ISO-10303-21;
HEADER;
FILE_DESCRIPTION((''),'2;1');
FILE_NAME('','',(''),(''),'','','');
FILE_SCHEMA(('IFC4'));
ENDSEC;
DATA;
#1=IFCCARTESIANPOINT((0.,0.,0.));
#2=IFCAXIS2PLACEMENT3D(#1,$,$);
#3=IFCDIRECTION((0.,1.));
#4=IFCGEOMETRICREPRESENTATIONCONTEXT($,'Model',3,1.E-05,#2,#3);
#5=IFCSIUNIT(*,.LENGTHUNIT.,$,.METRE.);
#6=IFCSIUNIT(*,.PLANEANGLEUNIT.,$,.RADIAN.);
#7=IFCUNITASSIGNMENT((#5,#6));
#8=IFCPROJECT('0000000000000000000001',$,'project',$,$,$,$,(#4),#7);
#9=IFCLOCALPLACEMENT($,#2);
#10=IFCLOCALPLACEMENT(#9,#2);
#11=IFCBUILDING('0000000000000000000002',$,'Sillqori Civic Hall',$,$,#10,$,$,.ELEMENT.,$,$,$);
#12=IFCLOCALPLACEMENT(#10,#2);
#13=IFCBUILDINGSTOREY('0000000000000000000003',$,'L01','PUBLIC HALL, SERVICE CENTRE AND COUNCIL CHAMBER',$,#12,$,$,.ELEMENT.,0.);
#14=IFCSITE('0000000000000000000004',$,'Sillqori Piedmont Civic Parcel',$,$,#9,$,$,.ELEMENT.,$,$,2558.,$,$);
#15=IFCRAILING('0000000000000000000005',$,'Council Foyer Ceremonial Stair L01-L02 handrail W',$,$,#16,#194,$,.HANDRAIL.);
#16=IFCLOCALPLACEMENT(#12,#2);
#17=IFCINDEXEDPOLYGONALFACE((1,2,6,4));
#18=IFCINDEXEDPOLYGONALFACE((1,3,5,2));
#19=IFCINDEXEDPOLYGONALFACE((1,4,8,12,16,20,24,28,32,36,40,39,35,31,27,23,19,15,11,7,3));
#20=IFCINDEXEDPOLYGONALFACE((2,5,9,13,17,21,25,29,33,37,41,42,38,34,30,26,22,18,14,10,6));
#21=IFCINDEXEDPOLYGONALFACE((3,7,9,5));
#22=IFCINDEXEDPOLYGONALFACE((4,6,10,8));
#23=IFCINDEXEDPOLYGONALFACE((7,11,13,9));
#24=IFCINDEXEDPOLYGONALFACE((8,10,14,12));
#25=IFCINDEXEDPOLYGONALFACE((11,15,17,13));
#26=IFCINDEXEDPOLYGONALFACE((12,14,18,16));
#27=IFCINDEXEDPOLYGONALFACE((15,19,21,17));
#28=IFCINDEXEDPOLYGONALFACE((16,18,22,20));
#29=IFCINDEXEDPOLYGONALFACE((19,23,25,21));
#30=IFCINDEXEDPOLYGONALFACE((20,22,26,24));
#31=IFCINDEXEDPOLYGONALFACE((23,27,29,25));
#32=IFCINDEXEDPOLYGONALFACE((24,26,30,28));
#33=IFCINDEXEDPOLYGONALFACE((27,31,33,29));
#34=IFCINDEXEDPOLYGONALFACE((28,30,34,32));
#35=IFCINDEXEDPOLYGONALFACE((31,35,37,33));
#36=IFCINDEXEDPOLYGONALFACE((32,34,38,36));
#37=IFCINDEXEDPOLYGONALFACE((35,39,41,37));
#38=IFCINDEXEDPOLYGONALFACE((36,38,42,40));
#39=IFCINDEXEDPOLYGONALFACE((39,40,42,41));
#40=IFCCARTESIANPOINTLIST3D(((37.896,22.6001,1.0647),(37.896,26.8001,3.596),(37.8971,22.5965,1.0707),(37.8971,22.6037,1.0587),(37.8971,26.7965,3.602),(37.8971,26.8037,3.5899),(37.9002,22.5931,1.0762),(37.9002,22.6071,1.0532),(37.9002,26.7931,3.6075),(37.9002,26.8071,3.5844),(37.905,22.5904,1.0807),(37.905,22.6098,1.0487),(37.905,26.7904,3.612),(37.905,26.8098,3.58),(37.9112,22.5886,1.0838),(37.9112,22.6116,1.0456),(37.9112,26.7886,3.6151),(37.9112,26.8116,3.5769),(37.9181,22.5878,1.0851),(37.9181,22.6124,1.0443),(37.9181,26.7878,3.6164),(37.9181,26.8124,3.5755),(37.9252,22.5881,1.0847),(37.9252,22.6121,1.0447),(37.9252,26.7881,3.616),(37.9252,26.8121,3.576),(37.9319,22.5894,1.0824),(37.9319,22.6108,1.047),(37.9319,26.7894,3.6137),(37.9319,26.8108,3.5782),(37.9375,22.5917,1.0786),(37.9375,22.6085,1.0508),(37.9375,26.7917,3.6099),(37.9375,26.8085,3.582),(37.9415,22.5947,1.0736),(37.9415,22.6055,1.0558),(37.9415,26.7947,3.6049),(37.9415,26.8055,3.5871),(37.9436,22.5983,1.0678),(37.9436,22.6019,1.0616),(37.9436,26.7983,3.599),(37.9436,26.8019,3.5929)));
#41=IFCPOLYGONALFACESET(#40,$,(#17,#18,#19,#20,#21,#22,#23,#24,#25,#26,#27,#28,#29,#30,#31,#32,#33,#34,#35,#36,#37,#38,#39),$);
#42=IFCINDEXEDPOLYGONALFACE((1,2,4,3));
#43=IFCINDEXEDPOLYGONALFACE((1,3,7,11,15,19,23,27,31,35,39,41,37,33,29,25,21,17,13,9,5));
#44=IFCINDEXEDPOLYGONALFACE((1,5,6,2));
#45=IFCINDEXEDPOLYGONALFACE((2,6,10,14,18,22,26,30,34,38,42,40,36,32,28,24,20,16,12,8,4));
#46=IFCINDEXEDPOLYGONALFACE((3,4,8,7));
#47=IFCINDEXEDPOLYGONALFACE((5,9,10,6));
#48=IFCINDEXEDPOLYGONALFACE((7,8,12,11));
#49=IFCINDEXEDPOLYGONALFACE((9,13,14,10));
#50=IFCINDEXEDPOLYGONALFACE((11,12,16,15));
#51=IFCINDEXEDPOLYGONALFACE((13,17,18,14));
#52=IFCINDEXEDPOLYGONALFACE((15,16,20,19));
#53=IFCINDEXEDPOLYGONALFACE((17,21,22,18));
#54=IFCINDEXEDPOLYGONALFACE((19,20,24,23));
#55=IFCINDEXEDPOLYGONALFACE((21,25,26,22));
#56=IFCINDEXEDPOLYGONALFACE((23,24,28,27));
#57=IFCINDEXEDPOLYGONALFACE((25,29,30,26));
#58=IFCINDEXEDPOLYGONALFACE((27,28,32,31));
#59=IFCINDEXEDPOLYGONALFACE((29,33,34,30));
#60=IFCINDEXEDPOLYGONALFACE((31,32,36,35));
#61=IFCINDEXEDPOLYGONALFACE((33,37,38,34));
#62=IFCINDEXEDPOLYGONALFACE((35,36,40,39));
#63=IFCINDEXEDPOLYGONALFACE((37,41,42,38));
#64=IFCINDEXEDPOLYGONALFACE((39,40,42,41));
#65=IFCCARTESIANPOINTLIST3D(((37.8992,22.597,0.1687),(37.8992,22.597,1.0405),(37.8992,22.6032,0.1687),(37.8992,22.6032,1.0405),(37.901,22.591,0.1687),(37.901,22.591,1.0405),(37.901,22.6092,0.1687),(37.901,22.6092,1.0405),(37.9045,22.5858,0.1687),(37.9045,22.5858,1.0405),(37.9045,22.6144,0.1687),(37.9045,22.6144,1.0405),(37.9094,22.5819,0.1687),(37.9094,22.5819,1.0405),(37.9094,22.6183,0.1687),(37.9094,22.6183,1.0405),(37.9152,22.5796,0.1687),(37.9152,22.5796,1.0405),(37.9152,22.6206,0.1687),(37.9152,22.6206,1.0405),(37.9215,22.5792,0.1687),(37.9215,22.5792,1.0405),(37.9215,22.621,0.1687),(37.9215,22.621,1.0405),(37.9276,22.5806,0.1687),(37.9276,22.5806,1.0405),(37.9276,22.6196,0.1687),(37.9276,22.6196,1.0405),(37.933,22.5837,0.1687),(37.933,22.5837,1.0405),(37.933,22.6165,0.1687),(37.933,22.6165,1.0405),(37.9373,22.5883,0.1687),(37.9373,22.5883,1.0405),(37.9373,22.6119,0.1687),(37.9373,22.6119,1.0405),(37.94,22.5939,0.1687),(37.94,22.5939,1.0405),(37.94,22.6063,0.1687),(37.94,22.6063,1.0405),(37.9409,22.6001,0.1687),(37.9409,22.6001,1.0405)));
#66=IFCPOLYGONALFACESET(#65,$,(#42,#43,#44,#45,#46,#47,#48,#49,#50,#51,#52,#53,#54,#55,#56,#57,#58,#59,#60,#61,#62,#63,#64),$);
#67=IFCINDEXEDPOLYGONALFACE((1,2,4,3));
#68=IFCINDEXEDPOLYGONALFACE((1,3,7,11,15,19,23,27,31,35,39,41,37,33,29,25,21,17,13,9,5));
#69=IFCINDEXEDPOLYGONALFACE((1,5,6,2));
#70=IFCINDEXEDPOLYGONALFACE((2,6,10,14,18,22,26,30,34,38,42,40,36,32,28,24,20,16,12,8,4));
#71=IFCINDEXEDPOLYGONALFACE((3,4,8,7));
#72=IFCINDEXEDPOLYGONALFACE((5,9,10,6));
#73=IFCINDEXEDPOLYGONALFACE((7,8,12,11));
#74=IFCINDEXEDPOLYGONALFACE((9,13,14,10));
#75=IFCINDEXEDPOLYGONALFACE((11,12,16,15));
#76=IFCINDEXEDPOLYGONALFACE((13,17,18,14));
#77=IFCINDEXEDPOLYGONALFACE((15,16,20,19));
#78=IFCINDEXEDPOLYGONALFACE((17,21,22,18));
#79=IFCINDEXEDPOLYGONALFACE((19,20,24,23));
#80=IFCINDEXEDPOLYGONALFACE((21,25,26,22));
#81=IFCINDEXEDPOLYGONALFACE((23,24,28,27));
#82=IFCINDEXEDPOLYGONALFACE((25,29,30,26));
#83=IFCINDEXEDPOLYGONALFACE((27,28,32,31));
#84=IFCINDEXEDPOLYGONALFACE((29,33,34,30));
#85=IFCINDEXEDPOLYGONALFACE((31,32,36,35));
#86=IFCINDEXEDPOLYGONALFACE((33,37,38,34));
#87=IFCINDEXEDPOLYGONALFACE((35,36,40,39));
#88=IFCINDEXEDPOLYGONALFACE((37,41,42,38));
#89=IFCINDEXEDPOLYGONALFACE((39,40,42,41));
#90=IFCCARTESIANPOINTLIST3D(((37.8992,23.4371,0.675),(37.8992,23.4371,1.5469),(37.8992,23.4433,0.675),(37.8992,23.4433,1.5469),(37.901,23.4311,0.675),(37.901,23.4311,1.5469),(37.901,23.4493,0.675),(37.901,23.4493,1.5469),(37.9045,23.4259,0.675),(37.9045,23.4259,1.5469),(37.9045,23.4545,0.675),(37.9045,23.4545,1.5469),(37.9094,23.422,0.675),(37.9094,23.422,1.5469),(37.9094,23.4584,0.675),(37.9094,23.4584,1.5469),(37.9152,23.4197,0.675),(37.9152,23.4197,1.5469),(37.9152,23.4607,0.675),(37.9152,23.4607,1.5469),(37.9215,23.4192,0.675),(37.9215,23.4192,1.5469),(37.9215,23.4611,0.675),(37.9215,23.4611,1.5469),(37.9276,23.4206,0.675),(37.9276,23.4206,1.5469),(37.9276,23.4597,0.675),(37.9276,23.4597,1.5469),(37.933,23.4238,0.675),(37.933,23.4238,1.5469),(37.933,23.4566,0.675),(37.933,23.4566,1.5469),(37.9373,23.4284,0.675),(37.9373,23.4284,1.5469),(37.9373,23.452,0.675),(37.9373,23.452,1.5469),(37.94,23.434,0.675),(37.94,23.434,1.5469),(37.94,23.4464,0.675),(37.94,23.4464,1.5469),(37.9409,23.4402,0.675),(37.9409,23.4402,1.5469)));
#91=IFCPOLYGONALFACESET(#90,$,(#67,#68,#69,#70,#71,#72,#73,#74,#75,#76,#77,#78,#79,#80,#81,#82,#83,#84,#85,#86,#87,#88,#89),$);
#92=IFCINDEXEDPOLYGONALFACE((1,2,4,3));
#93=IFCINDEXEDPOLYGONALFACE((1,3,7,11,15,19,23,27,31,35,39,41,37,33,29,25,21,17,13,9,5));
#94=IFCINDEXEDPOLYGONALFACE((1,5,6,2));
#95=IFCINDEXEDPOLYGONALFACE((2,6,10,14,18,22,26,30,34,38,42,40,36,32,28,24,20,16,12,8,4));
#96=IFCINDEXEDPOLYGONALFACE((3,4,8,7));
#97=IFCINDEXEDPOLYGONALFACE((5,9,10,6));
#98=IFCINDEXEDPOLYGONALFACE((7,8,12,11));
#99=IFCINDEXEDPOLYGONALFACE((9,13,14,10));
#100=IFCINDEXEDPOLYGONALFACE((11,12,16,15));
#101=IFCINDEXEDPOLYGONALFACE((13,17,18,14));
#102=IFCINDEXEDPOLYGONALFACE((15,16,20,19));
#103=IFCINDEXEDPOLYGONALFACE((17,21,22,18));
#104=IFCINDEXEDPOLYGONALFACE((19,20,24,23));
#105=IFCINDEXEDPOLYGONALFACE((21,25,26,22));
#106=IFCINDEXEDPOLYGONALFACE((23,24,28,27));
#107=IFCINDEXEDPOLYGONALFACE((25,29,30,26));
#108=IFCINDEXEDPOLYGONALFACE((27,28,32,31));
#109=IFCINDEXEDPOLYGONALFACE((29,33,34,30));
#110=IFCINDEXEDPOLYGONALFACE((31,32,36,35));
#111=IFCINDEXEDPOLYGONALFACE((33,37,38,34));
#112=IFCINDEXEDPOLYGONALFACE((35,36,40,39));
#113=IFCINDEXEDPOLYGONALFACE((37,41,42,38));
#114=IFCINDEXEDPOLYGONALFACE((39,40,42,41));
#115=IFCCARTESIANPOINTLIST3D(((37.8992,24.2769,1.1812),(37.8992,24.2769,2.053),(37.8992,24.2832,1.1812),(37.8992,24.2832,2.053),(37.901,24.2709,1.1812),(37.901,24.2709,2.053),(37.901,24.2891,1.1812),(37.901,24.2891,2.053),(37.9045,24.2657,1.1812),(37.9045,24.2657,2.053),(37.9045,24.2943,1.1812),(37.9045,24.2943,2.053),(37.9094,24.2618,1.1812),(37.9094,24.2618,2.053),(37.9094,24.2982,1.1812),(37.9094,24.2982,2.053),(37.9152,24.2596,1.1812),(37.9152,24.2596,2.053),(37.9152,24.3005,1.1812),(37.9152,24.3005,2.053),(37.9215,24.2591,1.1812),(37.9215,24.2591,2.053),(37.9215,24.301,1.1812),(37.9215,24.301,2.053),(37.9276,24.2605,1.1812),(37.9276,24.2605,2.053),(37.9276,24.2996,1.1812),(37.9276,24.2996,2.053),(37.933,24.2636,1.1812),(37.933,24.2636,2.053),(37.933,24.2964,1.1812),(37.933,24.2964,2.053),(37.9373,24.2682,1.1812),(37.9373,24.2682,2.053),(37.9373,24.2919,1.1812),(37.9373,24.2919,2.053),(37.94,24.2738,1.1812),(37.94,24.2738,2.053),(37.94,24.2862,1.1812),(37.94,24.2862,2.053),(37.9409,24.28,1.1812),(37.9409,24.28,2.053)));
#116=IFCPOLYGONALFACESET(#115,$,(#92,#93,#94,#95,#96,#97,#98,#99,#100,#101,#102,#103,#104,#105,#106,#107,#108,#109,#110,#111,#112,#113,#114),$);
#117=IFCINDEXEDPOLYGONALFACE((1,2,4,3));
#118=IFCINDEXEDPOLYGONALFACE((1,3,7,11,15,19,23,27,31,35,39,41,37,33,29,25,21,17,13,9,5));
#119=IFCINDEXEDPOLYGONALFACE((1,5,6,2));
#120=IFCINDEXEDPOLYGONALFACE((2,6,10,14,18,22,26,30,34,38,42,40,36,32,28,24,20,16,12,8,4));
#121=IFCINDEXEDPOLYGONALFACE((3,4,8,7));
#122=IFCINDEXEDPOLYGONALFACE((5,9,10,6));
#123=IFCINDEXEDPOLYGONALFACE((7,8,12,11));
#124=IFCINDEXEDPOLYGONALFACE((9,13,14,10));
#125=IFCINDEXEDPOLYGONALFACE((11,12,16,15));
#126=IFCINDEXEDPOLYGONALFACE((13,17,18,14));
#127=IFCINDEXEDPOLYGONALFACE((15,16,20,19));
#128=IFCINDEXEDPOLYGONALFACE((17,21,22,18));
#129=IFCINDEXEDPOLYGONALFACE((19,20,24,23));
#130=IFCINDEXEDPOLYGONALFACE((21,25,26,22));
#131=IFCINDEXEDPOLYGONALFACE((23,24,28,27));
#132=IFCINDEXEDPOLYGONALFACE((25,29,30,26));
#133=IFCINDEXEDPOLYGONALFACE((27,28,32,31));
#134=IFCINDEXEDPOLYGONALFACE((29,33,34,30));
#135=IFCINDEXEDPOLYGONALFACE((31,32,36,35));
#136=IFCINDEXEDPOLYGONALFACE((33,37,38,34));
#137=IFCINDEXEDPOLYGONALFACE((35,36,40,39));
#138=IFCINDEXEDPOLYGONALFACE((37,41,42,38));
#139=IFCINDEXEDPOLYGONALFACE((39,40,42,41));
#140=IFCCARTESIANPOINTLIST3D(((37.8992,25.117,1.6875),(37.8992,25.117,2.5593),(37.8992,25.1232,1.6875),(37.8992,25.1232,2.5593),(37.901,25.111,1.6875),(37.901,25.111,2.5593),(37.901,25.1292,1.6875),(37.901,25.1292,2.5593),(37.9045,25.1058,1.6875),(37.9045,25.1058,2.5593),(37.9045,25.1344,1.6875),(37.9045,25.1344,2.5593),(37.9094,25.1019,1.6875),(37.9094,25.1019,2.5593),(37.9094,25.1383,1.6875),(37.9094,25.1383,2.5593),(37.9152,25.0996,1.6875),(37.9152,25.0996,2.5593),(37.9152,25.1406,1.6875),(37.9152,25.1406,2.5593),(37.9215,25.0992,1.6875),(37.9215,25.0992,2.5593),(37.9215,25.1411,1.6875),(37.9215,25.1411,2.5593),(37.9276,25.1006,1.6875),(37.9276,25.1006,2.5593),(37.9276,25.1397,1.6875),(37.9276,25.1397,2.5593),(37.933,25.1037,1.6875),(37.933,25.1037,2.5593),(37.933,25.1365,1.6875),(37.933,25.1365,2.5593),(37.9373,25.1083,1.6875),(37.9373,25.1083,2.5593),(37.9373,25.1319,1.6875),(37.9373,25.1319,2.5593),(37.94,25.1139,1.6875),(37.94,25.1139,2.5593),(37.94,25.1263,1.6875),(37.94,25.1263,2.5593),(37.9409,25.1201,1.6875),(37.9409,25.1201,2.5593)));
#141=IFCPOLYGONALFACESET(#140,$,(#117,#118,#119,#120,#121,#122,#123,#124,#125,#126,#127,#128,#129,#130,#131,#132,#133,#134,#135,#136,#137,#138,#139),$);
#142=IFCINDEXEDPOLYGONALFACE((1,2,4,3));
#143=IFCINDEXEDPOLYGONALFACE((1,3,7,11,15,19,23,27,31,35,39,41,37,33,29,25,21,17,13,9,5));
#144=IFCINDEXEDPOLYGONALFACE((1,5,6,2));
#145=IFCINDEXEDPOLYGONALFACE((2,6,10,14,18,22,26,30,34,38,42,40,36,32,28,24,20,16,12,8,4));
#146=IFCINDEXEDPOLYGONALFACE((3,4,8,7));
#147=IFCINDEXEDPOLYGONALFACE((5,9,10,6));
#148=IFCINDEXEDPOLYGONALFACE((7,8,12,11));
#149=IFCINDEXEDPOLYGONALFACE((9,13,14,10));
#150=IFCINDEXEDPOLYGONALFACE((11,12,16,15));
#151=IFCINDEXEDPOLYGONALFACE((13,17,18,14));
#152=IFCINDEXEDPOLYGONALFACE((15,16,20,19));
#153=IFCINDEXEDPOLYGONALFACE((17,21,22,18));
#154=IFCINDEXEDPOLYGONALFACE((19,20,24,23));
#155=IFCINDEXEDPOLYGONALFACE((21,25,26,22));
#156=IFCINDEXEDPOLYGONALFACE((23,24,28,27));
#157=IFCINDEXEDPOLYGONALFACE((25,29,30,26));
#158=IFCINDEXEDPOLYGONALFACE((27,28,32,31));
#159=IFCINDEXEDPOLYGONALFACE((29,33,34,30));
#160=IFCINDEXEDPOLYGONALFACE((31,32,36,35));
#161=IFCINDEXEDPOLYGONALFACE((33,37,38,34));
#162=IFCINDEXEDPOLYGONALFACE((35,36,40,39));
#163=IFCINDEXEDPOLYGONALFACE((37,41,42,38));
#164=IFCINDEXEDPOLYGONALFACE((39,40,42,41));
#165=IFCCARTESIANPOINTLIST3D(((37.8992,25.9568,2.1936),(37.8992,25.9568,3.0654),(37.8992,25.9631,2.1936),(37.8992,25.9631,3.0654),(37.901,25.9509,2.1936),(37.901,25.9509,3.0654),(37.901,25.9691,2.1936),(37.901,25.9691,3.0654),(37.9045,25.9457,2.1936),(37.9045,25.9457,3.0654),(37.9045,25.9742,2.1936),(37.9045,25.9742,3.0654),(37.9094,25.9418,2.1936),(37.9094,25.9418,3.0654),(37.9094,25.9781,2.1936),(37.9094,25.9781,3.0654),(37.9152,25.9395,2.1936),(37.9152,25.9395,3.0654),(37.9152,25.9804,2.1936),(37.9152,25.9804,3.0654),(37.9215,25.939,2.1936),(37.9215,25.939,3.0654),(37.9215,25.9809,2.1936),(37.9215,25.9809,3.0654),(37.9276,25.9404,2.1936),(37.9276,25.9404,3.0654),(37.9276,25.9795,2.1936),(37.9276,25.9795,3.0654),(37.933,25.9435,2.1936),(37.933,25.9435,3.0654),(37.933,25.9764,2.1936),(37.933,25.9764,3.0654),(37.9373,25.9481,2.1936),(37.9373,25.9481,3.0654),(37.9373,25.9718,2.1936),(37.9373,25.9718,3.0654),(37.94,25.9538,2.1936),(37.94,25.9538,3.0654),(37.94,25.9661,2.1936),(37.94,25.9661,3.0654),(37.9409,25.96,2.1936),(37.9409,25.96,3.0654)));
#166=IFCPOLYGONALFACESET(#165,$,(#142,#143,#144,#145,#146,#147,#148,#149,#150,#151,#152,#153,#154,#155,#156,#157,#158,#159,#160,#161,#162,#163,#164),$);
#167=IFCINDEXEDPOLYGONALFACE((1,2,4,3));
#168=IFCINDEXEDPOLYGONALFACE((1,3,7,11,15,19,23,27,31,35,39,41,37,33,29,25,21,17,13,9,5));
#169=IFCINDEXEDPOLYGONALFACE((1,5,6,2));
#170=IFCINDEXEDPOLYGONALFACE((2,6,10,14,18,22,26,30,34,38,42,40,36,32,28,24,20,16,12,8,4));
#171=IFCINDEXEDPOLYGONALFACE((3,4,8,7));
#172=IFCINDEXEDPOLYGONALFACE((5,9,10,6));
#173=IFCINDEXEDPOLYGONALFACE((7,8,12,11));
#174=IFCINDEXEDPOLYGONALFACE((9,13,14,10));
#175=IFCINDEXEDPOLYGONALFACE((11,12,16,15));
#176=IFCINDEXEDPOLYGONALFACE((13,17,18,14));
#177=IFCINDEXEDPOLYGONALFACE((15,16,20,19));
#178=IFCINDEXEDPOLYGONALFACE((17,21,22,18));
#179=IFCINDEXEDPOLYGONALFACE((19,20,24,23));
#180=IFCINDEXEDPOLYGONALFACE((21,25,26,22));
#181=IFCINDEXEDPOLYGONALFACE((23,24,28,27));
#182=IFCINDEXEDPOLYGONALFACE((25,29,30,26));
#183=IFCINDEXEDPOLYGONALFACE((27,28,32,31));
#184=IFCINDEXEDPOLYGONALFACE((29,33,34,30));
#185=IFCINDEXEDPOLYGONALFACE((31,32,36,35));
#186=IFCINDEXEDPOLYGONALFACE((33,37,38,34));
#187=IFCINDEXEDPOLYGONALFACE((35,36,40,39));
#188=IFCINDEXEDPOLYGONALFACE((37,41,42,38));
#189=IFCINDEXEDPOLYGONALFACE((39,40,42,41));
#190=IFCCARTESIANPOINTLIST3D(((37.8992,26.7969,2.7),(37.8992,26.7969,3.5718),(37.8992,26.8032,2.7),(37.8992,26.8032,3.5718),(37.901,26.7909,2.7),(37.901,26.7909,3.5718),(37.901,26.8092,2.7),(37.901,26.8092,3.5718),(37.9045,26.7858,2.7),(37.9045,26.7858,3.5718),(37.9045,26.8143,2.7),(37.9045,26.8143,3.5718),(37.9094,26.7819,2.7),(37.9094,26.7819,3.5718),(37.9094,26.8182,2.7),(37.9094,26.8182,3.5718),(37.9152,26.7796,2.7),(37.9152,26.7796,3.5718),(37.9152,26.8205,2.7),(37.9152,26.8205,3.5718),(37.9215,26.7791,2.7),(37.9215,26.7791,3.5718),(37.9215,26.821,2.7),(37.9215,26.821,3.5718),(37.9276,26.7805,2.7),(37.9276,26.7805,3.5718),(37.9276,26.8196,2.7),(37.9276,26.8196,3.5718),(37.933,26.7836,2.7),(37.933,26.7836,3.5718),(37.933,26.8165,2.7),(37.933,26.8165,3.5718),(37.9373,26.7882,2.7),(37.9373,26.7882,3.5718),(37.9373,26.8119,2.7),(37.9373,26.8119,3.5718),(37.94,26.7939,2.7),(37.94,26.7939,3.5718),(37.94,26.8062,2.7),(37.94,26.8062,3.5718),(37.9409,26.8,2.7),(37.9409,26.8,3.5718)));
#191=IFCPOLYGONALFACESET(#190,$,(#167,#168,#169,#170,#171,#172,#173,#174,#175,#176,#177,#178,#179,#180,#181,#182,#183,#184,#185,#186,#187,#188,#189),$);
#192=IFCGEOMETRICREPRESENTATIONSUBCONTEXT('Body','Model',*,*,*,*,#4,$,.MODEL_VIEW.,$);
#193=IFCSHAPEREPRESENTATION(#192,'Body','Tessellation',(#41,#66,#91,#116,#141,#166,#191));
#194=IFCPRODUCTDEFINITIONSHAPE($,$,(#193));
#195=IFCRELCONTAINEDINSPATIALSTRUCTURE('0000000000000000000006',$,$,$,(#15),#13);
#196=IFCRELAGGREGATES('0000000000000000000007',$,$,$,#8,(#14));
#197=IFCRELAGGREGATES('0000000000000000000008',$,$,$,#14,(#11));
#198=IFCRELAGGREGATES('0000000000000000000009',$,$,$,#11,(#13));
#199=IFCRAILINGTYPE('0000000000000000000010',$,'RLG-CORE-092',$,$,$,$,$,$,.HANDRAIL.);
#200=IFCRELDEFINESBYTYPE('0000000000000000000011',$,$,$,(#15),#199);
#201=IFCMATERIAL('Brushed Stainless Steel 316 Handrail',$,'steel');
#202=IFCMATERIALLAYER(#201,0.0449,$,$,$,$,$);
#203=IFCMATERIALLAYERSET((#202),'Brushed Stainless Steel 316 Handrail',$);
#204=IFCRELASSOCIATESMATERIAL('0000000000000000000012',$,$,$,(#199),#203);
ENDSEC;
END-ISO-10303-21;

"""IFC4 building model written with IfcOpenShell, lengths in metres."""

from ifc_helpers import new_model, si_unit, direction, frame, origin, origin_2d, place, context, subcontext, project, spatial, circle, extrude, material, layer, layer_set, type_object, element, save


model = new_model("IFC4")

# Units and contexts
model_context = context("Model", 3, precision=1e-05, world=origin(), true_north=direction((0.0, 1.0)))
body_context = subcontext(model_context, "Body", "Model", "MODEL_VIEW")
ifc_project = project(units=[si_unit("LENGTHUNIT", "METRE"), si_unit("PLANEANGLEUNIT", "RADIAN")], contexts=[model_context])

# Site, building, storey
site_placement = place(None, origin())
site = spatial("IfcSite", under=ifc_project, at=site_placement, Name="Sillqori Piedmont Civic Parcel", CompositionType="ELEMENT", RefElevation=2558.0)
building_placement = place(site_placement, origin())
building = spatial("IfcBuilding", under=site, at=building_placement, Name="Sillqori Civic Hall", CompositionType="ELEMENT")
storey_placement = place(building_placement, origin())
storey = spatial("IfcBuildingStorey", under=building, at=storey_placement, Name="L01", Description="PUBLIC HALL, SERVICE CENTRE AND COUNCIL CHAMBER", CompositionType="ELEMENT", Elevation=0.0)

# Railing
ifc_material_1 = material(Name="Brushed Stainless Steel 316 Handrail", Category="steel")
ifc_layer_1 = layer(ifc_material_1, 0.0449)
ifc_layer_set_1 = layer_set([ifc_layer_1], Name="Brushed Stainless Steel 316 Handrail")
railing_type_1 = type_object("IfcRailingType", Name="RLG-CORE-092", PredefinedType="HANDRAIL", material=ifc_layer_set_1)
railing_1_placement = place(storey_placement, frame((37.9199, 22.6001, 0.1687)))
element("IfcRailing", 1, at=railing_1_placement, inside=storey, type_object=railing_type_1, Name="Council Foyer Ceremonial Stair L01-L02 handrail W", PredefinedType="HANDRAIL", context=body_context, shape_type="SweptSolid", body=[
    extrude(circle(Radius=0.0239, at=origin_2d()), frame((0.0, 0.0, 0.896), z_axis=(0.0, 0.856476, 0.516186), x_axis=(-1.0, 0.0, 0.0)), (0.0, 0.0, 1.0), 4.9038),
    extrude(circle(Radius=0.021, at=origin_2d()), origin(), (0.0, 0.0, 1.0), 0.8718),
    extrude(circle(Radius=0.021, at=origin_2d()), frame((0.0, 0.8401, 0.5063)), (0.0, 0.0, 1.0), 0.8718),
    extrude(circle(Radius=0.021, at=origin_2d()), frame((0.0, 1.6799, 1.0125)), (0.0, 0.0, 1.0), 0.8718),
    extrude(circle(Radius=0.021, at=origin_2d()), frame((0.0, 2.52, 1.5188)), (0.0, 0.0, 1.0), 0.8718),
    extrude(circle(Radius=0.021, at=origin_2d()), frame((0.0, 3.3599, 2.0249)), (0.0, 0.0, 1.0), 0.8718),
    extrude(circle(Radius=0.021, at=origin_2d()), frame((0.0, 4.2, 2.5312)), (0.0, 0.0, 1.0), 0.8718),
])

save(model, "model.ifc")
